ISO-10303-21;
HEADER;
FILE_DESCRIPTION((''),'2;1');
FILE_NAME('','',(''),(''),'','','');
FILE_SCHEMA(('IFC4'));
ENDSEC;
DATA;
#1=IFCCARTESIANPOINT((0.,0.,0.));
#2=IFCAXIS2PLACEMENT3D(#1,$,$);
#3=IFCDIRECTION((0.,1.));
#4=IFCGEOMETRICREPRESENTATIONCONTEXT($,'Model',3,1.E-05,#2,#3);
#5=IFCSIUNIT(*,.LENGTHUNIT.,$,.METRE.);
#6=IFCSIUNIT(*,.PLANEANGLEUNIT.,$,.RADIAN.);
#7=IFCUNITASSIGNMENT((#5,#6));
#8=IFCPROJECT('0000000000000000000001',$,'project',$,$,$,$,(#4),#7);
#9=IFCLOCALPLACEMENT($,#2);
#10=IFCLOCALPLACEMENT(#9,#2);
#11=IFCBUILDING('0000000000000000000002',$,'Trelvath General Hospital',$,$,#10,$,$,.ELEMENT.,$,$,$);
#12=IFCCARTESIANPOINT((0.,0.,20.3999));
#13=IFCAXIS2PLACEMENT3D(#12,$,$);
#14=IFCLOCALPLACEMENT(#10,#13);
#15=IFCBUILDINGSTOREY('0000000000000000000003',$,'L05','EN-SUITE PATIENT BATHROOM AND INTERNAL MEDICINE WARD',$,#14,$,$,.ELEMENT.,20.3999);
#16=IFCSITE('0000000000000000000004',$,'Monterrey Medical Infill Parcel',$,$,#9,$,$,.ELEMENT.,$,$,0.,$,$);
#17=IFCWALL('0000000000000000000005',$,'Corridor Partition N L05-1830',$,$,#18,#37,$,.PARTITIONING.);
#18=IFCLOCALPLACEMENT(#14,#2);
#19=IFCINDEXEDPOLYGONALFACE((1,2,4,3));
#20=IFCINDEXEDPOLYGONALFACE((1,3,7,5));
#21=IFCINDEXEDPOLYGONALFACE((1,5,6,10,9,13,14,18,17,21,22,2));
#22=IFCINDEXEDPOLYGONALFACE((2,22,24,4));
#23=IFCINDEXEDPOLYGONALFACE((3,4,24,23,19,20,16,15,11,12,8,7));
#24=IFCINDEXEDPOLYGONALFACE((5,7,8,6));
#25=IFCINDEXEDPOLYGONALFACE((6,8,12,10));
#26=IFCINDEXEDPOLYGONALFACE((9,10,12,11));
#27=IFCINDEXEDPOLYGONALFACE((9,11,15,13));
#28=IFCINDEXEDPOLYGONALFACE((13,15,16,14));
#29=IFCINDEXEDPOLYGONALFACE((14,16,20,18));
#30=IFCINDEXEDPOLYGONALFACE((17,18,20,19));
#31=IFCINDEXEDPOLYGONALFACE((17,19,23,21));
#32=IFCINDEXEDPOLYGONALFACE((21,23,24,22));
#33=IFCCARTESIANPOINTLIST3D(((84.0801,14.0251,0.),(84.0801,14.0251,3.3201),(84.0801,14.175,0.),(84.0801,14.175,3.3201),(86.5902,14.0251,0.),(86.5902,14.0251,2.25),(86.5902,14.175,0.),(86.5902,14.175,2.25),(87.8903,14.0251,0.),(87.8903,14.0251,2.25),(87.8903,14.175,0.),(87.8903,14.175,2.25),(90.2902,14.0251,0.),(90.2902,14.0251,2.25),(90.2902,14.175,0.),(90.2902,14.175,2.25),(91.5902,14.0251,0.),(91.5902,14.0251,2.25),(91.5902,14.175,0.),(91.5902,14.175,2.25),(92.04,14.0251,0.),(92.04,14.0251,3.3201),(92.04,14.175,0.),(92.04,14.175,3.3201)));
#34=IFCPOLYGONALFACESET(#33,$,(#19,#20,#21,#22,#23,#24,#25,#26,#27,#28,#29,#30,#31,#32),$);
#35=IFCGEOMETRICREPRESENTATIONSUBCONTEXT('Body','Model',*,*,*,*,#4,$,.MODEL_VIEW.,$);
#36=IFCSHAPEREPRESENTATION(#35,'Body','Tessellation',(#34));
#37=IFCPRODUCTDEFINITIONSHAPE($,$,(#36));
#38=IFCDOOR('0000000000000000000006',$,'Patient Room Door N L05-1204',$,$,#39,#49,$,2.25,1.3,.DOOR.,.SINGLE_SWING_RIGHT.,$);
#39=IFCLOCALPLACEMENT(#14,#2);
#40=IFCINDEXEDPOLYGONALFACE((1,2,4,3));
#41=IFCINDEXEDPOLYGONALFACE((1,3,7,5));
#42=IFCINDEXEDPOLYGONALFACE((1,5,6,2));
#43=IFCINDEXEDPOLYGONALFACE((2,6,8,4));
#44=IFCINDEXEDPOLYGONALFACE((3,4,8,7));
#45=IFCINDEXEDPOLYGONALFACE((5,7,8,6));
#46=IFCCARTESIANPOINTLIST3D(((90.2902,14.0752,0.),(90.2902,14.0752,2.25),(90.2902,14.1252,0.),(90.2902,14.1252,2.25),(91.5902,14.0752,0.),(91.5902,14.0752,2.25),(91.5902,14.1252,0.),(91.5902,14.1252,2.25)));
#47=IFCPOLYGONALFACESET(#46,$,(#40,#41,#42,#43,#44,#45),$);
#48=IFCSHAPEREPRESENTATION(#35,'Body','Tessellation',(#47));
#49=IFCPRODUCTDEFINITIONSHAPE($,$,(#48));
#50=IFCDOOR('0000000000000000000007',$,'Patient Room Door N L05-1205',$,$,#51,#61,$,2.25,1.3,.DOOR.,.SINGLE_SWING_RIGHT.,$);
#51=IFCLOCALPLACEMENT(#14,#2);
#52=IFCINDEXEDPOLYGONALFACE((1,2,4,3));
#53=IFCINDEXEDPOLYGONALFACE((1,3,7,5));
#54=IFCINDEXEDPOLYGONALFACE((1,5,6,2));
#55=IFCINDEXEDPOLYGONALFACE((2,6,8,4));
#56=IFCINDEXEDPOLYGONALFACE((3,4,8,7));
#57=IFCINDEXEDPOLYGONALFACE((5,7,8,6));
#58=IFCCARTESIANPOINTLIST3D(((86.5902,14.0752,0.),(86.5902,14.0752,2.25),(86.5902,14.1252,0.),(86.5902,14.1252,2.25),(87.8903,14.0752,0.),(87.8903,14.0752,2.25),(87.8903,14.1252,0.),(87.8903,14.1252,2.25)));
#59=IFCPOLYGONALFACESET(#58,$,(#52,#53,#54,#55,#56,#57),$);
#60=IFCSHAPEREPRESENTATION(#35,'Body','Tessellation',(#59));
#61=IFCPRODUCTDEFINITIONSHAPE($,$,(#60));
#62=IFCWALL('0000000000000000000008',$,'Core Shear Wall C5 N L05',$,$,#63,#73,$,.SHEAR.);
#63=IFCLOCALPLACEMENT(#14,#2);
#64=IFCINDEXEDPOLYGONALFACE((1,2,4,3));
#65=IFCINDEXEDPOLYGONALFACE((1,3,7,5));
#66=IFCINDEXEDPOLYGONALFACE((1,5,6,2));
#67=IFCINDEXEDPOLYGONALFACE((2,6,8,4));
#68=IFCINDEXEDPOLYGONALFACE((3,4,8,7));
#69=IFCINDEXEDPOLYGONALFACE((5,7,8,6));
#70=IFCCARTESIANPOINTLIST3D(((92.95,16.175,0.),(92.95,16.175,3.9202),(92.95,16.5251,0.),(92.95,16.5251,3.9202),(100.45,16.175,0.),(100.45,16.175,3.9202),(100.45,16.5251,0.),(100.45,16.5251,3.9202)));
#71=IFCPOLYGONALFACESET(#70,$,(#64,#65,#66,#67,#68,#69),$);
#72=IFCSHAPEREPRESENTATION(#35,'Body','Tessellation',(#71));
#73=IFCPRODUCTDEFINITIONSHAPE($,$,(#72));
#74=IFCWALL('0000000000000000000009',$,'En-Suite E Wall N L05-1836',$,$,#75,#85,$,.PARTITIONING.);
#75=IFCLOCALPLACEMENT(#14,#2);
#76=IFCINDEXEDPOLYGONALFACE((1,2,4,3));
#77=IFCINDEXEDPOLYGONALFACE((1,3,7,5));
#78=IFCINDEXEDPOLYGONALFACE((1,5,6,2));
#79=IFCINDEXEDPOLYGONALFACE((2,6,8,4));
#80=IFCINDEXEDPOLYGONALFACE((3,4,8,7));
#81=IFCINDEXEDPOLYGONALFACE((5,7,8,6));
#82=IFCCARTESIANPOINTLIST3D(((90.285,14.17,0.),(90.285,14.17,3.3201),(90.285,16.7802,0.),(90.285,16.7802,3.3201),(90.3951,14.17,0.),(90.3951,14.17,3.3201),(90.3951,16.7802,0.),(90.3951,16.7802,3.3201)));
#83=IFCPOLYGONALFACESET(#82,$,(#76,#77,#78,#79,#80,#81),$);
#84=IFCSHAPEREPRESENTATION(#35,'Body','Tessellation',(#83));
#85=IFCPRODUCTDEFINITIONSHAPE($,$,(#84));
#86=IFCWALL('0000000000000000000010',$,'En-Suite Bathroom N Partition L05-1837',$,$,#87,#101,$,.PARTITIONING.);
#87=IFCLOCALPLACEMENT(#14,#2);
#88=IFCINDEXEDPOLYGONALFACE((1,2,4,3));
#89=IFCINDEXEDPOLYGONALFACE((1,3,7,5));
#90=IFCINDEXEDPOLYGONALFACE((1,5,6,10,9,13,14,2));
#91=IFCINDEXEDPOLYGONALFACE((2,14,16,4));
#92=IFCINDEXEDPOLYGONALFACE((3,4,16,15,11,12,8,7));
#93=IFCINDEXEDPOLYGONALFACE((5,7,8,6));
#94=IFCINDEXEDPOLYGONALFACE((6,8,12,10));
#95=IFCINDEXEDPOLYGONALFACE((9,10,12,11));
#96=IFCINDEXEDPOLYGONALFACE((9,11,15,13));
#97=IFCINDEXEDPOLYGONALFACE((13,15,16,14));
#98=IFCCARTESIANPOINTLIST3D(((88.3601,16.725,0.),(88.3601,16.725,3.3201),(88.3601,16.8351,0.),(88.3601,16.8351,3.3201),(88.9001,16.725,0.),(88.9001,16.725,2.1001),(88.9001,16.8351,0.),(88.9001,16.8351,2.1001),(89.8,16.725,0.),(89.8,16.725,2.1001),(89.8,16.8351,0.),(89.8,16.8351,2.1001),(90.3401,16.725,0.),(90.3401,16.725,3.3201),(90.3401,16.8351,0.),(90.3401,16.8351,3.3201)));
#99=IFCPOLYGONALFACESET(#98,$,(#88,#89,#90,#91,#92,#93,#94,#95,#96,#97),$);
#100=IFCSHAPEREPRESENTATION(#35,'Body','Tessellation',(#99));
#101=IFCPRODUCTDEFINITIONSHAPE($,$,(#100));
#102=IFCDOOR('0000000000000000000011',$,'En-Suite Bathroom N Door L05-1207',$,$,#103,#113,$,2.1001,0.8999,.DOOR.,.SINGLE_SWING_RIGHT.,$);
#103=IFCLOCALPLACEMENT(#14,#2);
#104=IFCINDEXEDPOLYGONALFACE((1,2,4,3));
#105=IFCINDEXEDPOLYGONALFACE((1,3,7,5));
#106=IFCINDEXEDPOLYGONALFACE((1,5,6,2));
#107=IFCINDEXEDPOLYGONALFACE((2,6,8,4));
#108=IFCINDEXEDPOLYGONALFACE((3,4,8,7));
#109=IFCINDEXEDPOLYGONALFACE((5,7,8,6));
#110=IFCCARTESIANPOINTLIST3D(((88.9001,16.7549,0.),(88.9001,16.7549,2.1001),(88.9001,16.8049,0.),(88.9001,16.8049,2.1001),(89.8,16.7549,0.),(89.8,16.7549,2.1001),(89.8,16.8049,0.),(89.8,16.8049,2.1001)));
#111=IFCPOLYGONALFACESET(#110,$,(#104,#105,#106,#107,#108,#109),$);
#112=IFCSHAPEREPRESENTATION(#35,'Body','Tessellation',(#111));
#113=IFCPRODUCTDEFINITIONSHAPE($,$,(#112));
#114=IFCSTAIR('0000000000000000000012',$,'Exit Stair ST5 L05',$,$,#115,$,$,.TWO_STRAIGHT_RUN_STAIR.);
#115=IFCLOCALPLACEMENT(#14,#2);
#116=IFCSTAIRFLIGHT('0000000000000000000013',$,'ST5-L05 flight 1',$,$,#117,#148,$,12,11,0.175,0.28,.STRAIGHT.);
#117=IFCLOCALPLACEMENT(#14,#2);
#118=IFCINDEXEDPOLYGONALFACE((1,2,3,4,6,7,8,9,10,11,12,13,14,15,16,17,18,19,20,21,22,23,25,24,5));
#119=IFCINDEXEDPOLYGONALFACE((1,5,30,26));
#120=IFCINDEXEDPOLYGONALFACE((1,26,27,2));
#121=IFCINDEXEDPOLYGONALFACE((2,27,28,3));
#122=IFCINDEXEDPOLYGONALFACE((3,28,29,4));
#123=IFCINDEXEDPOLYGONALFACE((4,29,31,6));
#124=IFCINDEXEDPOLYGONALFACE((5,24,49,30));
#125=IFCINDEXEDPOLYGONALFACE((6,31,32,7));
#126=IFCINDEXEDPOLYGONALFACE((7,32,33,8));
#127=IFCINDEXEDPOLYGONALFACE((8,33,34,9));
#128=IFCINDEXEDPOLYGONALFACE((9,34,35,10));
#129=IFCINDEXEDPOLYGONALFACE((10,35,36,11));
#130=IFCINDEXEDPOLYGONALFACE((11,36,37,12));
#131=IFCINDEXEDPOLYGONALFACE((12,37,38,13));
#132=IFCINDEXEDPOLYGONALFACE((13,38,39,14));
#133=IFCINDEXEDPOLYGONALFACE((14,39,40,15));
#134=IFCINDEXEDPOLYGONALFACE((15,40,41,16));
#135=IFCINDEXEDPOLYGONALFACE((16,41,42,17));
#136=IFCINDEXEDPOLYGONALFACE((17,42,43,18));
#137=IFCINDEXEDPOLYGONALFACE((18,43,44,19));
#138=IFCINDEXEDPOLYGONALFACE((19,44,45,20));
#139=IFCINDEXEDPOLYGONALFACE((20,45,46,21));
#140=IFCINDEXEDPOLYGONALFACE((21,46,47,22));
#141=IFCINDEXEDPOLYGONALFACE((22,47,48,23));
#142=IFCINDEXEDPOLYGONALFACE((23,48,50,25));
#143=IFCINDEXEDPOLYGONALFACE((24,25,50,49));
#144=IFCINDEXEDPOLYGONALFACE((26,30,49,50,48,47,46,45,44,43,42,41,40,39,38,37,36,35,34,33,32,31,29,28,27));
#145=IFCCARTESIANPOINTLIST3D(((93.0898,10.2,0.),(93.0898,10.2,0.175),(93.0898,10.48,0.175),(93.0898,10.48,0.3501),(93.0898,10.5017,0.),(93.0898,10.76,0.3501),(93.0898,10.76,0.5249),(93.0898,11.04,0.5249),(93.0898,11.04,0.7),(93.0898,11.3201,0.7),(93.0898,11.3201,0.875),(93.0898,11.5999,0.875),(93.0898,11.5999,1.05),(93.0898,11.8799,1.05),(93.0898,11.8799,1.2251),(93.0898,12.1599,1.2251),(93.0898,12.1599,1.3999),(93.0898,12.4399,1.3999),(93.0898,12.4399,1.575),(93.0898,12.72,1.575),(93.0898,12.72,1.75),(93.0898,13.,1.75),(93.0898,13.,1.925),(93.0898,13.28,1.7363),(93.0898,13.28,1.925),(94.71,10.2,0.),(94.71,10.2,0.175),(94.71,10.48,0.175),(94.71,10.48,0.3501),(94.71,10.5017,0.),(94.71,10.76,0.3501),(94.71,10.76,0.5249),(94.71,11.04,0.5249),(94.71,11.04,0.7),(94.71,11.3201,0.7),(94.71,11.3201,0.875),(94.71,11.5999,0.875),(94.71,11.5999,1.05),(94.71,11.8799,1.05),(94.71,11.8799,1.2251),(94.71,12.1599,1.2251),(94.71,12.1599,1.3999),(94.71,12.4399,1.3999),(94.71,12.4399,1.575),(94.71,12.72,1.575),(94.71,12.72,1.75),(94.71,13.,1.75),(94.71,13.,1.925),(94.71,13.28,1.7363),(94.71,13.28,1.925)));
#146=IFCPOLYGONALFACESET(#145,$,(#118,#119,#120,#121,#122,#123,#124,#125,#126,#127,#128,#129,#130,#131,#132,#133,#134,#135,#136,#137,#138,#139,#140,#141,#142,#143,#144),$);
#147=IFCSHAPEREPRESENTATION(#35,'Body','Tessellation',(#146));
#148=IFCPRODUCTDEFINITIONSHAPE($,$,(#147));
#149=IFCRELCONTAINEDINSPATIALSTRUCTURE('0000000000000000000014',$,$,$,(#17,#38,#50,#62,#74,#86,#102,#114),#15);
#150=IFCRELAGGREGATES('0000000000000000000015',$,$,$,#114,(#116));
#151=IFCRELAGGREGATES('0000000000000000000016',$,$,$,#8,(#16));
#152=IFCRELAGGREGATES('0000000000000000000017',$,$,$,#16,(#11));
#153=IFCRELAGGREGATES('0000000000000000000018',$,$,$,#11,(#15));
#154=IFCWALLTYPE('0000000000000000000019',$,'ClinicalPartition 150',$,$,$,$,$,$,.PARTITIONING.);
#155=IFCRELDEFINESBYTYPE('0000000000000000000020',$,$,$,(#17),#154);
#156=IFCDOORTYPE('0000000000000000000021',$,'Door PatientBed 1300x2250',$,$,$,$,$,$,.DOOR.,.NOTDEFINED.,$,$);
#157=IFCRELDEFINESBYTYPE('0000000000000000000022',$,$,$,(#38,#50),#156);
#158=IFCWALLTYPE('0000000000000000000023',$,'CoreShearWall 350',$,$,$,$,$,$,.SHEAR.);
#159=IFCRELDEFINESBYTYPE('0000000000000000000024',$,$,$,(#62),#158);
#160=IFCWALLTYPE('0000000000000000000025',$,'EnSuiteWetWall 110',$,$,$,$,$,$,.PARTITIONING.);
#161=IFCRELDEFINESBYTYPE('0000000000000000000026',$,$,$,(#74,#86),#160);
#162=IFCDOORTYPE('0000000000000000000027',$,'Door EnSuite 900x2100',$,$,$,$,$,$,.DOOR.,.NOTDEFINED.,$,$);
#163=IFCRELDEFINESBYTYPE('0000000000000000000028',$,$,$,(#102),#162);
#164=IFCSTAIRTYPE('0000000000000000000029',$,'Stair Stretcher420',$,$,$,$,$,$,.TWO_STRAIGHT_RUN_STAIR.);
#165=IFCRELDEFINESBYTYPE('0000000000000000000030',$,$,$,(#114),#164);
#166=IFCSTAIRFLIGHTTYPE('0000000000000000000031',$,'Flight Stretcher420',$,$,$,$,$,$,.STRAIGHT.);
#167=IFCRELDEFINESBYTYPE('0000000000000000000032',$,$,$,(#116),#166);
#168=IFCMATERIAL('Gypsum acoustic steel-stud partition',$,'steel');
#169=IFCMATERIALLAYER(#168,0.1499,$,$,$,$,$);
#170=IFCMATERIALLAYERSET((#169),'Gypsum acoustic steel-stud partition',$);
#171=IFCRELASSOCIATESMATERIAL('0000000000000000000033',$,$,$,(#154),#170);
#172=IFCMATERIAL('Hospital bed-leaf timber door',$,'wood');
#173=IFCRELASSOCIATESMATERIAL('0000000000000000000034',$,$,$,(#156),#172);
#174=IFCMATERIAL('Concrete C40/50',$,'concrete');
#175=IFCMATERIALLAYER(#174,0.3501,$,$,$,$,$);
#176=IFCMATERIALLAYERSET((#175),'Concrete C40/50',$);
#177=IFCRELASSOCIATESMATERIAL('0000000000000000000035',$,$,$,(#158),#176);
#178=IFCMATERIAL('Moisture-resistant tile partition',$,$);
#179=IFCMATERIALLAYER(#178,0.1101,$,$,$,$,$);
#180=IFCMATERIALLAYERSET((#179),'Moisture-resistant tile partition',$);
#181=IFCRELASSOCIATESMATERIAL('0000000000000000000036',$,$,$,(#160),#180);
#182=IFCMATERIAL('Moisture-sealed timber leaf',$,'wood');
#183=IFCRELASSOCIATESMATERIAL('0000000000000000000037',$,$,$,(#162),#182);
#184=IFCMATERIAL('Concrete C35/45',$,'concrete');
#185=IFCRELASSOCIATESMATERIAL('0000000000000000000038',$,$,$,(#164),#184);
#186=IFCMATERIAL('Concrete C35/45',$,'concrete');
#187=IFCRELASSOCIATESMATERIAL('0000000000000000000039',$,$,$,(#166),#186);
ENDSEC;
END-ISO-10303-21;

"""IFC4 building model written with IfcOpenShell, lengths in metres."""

from ifc_helpers import new_model, si_unit, direction, frame, frame_2d, origin, place, context, subcontext, project, spatial, polyline, rectangle, outline, extrude, material, layer, layer_set, type_object, element, fill, aggregate, save


model = new_model("IFC4")

# Units and contexts
model_context = context("Model", 3, precision=1e-05, world=origin(), true_north=direction((0.0, 1.0)))
body_context = subcontext(model_context, "Body", "Model", "MODEL_VIEW")
ifc_project = project(units=[si_unit("LENGTHUNIT", "METRE"), si_unit("PLANEANGLEUNIT", "RADIAN")], contexts=[model_context])

# Site, building, storey
site_placement = place(None, origin())
site = spatial("IfcSite", under=ifc_project, at=site_placement, Name="Monterrey Medical Infill Parcel", CompositionType="ELEMENT", RefElevation=0.0)
building_placement = place(site_placement, origin())
building = spatial("IfcBuilding", under=site, at=building_placement, Name="Trelvath General Hospital", CompositionType="ELEMENT")
storey_placement = place(building_placement, frame((0.0, 0.0, 20.3999)))
storey = spatial("IfcBuildingStorey", under=building, at=storey_placement, Name="L05", Description="EN-SUITE PATIENT BATHROOM AND INTERNAL MEDICINE WARD", CompositionType="ELEMENT", Elevation=20.3999)

# Wall, openings, doors
ifc_material_1 = material(Name="Gypsum acoustic steel-stud partition", Category="steel")
ifc_layer_1 = layer(ifc_material_1, 0.1499)
ifc_layer_set_1 = layer_set([ifc_layer_1], Name="Gypsum acoustic steel-stud partition")
wall_type_1 = type_object("IfcWallType", Name="ClinicalPartition 150", PredefinedType="PARTITIONING", material=ifc_layer_set_1)
wall_1_placement = place(storey_placement, frame((92.04, 14.1001, 0.0), z_axis=(0.0, 0.0, 1.0), x_axis=(-1.0, 0.0, 0.0)))
wall_1 = element("IfcWall", 1, at=wall_1_placement, inside=storey, type_object=wall_type_1, Name="Corridor Partition N L05-1830", PredefinedType="PARTITIONING", context=body_context, shape_type="SweptSolid", body=[
    extrude(rectangle(XDim=7.96, YDim=0.1499, at=frame_2d((3.98, 0.0))), origin(), (0.0, 0.0, 1.0), 3.3201),
])
opening_1_placement = place(wall_1_placement, frame((0.45, 0.0, 0.0)))
opening_1 = element("IfcOpeningElement", 2, at=opening_1_placement, cuts=wall_1, PredefinedType="OPENING", context=body_context, shape_type="SweptSolid", body=[
    extrude(rectangle(XDim=1.3, YDim=2.25, at=frame_2d((0.6499, 1.125))), frame((0.0, 0.085, 0.0), z_axis=(0.0, -1.0, 0.0), x_axis=(1.0, 0.0, 0.0)), (0.0, 0.0, 1.0), 0.1699),
])
opening_2_placement = place(wall_1_placement, frame((4.1499, 0.0, 0.0)))
opening_2 = element("IfcOpeningElement", 3, at=opening_2_placement, cuts=wall_1, PredefinedType="OPENING", context=body_context, shape_type="SweptSolid", body=[
    extrude(rectangle(XDim=1.3, YDim=2.25, at=frame_2d((0.6499, 1.125))), frame((0.0, 0.085, 0.0), z_axis=(0.0, -1.0, 0.0), x_axis=(1.0, 0.0, 0.0)), (0.0, 0.0, 1.0), 0.1699),
])
ifc_material_2 = material(Name="Hospital bed-leaf timber door", Category="wood")
door_type_1 = type_object("IfcDoorType", Name="Door PatientBed 1300x2250", OperationType="NOTDEFINED", PredefinedType="DOOR", material=ifc_material_2)
door_1_placement = place(opening_1_placement, origin())
door_1 = element("IfcDoor", 4, at=door_1_placement, inside=storey, type_object=door_type_1, Name="Patient Room Door N L05-1204", OperationType="SINGLE_SWING_RIGHT", OverallHeight=2.25, OverallWidth=1.3, PredefinedType="DOOR", context=body_context, shape_type="SweptSolid", body=[
    extrude(rectangle(XDim=1.3, YDim=2.25, at=frame_2d((0.6499, 1.125))), frame((0.0, 0.0249, 0.0), z_axis=(0.0, -1.0, 0.0), x_axis=(1.0, 0.0, 0.0)), (0.0, 0.0, 1.0), 0.05),
])
fill(opening_1, door_1)
door_2_placement = place(opening_2_placement, origin())
door_2 = element("IfcDoor", 5, at=door_2_placement, inside=storey, type_object=door_type_1, Name="Patient Room Door N L05-1205", OperationType="SINGLE_SWING_RIGHT", OverallHeight=2.25, OverallWidth=1.3, PredefinedType="DOOR", context=body_context, shape_type="SweptSolid", body=[
    extrude(rectangle(XDim=1.3, YDim=2.25, at=frame_2d((0.6499, 1.125))), frame((0.0, 0.0249, 0.0), z_axis=(0.0, -1.0, 0.0), x_axis=(1.0, 0.0, 0.0)), (0.0, 0.0, 1.0), 0.05),
])
fill(opening_2, door_2)

# Wall
ifc_material_3 = material(Name="Concrete C40/50", Category="concrete")
ifc_layer_2 = layer(ifc_material_3, 0.3501)
ifc_layer_set_2 = layer_set([ifc_layer_2], Name="Concrete C40/50")
wall_type_2 = type_object("IfcWallType", Name="CoreShearWall 350", PredefinedType="SHEAR", material=ifc_layer_set_2)
wall_2_placement = place(storey_placement, frame((92.95, 16.3501, 0.0), z_axis=(0.0, 0.0, 1.0), x_axis=(1.0, 0.0, 0.0)))
element("IfcWall", 6, at=wall_2_placement, inside=storey, type_object=wall_type_2, Name="Core Shear Wall C5 N L05", PredefinedType="SHEAR", context=body_context, shape_type="SweptSolid", body=[
    extrude(rectangle(XDim=7.5, YDim=0.3501, at=frame_2d((3.75, 0.0))), origin(), (0.0, 0.0, 1.0), 3.9202),
])

# Wall
ifc_material_4 = material(Name="Moisture-resistant tile partition")
ifc_layer_3 = layer(ifc_material_4, 0.1101)
ifc_layer_set_3 = layer_set([ifc_layer_3], Name="Moisture-resistant tile partition")
wall_type_3 = type_object("IfcWallType", Name="EnSuiteWetWall 110", PredefinedType="PARTITIONING", material=ifc_layer_set_3)
wall_3_placement = place(storey_placement, frame((90.3401, 14.1699, 0.0), z_axis=(0.0, 0.0, 1.0), x_axis=(0.0, 1.0, 0.0)))
element("IfcWall", 7, at=wall_3_placement, inside=storey, type_object=wall_type_3, Name="En-Suite E Wall N L05-1836", PredefinedType="PARTITIONING", context=body_context, shape_type="SweptSolid", body=[
    extrude(rectangle(XDim=2.6101, YDim=0.1101, at=frame_2d((1.3052, 0.0))), origin(), (0.0, 0.0, 1.0), 3.3201),
])

# Wall, opening, door
wall_4_placement = place(storey_placement, frame((88.3601, 16.78, 0.0), z_axis=(0.0, 0.0, 1.0), x_axis=(1.0, 0.0, 0.0)))
wall_4 = element("IfcWall", 8, at=wall_4_placement, inside=storey, type_object=wall_type_3, Name="En-Suite Bathroom N Partition L05-1837", PredefinedType="PARTITIONING", context=body_context, shape_type="SweptSolid", body=[
    extrude(rectangle(XDim=1.98, YDim=0.1101, at=frame_2d((0.99, 0.0))), origin(), (0.0, 0.0, 1.0), 3.3201),
])
opening_3_placement = place(wall_4_placement, frame((0.54, 0.0, 0.0)))
opening_3 = element("IfcOpeningElement", 9, at=opening_3_placement, cuts=wall_4, PredefinedType="OPENING", context=body_context, shape_type="SweptSolid", body=[
    extrude(rectangle(XDim=0.8999, YDim=2.1001, at=frame_2d((0.45, 1.05))), frame((0.0, 0.0649, 0.0), z_axis=(0.0, -1.0, 0.0), x_axis=(1.0, 0.0, 0.0)), (0.0, 0.0, 1.0), 0.1301),
])
ifc_material_5 = material(Name="Moisture-sealed timber leaf", Category="wood")
door_type_2 = type_object("IfcDoorType", Name="Door EnSuite 900x2100", OperationType="NOTDEFINED", PredefinedType="DOOR", material=ifc_material_5)
door_3_placement = place(opening_3_placement, origin())
door_3 = element("IfcDoor", 10, at=door_3_placement, inside=storey, type_object=door_type_2, Name="En-Suite Bathroom N Door L05-1207", OperationType="SINGLE_SWING_RIGHT", OverallHeight=2.1001, OverallWidth=0.8999, PredefinedType="DOOR", context=body_context, shape_type="SweptSolid", body=[
    extrude(rectangle(XDim=0.8999, YDim=2.1001, at=frame_2d((0.45, 1.05))), frame((0.0, 0.0249, 0.0), z_axis=(0.0, -1.0, 0.0), x_axis=(1.0, 0.0, 0.0)), (0.0, 0.0, 1.0), 0.05),
])
fill(opening_3, door_3)

# Stair, stair flight
ifc_material_6 = material(Name="Concrete C35/45", Category="concrete")
stair_type = type_object("IfcStairType", Name="Stair Stretcher420", PredefinedType="TWO_STRAIGHT_RUN_STAIR", material=ifc_material_6)
stair_placement = place(storey_placement, origin())
stair = element("IfcStair", 11, at=stair_placement, inside=storey, type_object=stair_type, Name="Exit Stair ST5 L05", PredefinedType="TWO_STRAIGHT_RUN_STAIR")
ifc_material_7 = material(Name="Concrete C35/45", Category="concrete")
stair_flight_type = type_object("IfcStairFlightType", Name="Flight Stretcher420", PredefinedType="STRAIGHT", material=ifc_material_7)
stair_flight_1_placement = place(storey_placement, frame((93.8999, 10.2, 0.0), z_axis=(0.0, 0.0, 1.0), x_axis=(0.0, 1.0, 0.0)))
stair_flight_1 = element("IfcStairFlight", 12, at=stair_flight_1_placement, type_object=stair_flight_type, Name="ST5-L05 flight 1", NumberOfRisers=12, NumberOfTreads=11, PredefinedType="STRAIGHT", RiserHeight=0.175, TreadLength=0.28, context=body_context, shape_type="SweptSolid", body=[
    extrude(outline(polyline([(0.0, 0.0), (0.0, 0.175), (0.28, 0.175), (0.28, 0.3501), (0.5601, 0.3501), (0.5601, 0.5249), (0.8401, 0.5249), (0.8401, 0.7), (1.1201, 0.7), (1.1201, 0.875), (1.3999, 0.875), (1.3999, 1.05), (1.6799, 1.05), (1.6799, 1.2251), (1.96, 1.2251), (1.96, 1.3999), (2.24, 1.3999), (2.24, 1.575), (2.52, 1.575), (2.52, 1.75), (2.8, 1.75), (2.8, 1.925), (3.0801, 1.925), (3.0801, 2.1001), (3.0801, 1.7363), (0.3018, 0.0), (0.0, 0.0)])), frame((0.0, 0.8101, 0.0), z_axis=(0.0, -1.0, 0.0), x_axis=(1.0, 0.0, 0.0)), (0.0, 0.0, 1.0), 1.6201),
])
aggregate(stair, [stair_flight_1])

save(model, "model.ifc")
